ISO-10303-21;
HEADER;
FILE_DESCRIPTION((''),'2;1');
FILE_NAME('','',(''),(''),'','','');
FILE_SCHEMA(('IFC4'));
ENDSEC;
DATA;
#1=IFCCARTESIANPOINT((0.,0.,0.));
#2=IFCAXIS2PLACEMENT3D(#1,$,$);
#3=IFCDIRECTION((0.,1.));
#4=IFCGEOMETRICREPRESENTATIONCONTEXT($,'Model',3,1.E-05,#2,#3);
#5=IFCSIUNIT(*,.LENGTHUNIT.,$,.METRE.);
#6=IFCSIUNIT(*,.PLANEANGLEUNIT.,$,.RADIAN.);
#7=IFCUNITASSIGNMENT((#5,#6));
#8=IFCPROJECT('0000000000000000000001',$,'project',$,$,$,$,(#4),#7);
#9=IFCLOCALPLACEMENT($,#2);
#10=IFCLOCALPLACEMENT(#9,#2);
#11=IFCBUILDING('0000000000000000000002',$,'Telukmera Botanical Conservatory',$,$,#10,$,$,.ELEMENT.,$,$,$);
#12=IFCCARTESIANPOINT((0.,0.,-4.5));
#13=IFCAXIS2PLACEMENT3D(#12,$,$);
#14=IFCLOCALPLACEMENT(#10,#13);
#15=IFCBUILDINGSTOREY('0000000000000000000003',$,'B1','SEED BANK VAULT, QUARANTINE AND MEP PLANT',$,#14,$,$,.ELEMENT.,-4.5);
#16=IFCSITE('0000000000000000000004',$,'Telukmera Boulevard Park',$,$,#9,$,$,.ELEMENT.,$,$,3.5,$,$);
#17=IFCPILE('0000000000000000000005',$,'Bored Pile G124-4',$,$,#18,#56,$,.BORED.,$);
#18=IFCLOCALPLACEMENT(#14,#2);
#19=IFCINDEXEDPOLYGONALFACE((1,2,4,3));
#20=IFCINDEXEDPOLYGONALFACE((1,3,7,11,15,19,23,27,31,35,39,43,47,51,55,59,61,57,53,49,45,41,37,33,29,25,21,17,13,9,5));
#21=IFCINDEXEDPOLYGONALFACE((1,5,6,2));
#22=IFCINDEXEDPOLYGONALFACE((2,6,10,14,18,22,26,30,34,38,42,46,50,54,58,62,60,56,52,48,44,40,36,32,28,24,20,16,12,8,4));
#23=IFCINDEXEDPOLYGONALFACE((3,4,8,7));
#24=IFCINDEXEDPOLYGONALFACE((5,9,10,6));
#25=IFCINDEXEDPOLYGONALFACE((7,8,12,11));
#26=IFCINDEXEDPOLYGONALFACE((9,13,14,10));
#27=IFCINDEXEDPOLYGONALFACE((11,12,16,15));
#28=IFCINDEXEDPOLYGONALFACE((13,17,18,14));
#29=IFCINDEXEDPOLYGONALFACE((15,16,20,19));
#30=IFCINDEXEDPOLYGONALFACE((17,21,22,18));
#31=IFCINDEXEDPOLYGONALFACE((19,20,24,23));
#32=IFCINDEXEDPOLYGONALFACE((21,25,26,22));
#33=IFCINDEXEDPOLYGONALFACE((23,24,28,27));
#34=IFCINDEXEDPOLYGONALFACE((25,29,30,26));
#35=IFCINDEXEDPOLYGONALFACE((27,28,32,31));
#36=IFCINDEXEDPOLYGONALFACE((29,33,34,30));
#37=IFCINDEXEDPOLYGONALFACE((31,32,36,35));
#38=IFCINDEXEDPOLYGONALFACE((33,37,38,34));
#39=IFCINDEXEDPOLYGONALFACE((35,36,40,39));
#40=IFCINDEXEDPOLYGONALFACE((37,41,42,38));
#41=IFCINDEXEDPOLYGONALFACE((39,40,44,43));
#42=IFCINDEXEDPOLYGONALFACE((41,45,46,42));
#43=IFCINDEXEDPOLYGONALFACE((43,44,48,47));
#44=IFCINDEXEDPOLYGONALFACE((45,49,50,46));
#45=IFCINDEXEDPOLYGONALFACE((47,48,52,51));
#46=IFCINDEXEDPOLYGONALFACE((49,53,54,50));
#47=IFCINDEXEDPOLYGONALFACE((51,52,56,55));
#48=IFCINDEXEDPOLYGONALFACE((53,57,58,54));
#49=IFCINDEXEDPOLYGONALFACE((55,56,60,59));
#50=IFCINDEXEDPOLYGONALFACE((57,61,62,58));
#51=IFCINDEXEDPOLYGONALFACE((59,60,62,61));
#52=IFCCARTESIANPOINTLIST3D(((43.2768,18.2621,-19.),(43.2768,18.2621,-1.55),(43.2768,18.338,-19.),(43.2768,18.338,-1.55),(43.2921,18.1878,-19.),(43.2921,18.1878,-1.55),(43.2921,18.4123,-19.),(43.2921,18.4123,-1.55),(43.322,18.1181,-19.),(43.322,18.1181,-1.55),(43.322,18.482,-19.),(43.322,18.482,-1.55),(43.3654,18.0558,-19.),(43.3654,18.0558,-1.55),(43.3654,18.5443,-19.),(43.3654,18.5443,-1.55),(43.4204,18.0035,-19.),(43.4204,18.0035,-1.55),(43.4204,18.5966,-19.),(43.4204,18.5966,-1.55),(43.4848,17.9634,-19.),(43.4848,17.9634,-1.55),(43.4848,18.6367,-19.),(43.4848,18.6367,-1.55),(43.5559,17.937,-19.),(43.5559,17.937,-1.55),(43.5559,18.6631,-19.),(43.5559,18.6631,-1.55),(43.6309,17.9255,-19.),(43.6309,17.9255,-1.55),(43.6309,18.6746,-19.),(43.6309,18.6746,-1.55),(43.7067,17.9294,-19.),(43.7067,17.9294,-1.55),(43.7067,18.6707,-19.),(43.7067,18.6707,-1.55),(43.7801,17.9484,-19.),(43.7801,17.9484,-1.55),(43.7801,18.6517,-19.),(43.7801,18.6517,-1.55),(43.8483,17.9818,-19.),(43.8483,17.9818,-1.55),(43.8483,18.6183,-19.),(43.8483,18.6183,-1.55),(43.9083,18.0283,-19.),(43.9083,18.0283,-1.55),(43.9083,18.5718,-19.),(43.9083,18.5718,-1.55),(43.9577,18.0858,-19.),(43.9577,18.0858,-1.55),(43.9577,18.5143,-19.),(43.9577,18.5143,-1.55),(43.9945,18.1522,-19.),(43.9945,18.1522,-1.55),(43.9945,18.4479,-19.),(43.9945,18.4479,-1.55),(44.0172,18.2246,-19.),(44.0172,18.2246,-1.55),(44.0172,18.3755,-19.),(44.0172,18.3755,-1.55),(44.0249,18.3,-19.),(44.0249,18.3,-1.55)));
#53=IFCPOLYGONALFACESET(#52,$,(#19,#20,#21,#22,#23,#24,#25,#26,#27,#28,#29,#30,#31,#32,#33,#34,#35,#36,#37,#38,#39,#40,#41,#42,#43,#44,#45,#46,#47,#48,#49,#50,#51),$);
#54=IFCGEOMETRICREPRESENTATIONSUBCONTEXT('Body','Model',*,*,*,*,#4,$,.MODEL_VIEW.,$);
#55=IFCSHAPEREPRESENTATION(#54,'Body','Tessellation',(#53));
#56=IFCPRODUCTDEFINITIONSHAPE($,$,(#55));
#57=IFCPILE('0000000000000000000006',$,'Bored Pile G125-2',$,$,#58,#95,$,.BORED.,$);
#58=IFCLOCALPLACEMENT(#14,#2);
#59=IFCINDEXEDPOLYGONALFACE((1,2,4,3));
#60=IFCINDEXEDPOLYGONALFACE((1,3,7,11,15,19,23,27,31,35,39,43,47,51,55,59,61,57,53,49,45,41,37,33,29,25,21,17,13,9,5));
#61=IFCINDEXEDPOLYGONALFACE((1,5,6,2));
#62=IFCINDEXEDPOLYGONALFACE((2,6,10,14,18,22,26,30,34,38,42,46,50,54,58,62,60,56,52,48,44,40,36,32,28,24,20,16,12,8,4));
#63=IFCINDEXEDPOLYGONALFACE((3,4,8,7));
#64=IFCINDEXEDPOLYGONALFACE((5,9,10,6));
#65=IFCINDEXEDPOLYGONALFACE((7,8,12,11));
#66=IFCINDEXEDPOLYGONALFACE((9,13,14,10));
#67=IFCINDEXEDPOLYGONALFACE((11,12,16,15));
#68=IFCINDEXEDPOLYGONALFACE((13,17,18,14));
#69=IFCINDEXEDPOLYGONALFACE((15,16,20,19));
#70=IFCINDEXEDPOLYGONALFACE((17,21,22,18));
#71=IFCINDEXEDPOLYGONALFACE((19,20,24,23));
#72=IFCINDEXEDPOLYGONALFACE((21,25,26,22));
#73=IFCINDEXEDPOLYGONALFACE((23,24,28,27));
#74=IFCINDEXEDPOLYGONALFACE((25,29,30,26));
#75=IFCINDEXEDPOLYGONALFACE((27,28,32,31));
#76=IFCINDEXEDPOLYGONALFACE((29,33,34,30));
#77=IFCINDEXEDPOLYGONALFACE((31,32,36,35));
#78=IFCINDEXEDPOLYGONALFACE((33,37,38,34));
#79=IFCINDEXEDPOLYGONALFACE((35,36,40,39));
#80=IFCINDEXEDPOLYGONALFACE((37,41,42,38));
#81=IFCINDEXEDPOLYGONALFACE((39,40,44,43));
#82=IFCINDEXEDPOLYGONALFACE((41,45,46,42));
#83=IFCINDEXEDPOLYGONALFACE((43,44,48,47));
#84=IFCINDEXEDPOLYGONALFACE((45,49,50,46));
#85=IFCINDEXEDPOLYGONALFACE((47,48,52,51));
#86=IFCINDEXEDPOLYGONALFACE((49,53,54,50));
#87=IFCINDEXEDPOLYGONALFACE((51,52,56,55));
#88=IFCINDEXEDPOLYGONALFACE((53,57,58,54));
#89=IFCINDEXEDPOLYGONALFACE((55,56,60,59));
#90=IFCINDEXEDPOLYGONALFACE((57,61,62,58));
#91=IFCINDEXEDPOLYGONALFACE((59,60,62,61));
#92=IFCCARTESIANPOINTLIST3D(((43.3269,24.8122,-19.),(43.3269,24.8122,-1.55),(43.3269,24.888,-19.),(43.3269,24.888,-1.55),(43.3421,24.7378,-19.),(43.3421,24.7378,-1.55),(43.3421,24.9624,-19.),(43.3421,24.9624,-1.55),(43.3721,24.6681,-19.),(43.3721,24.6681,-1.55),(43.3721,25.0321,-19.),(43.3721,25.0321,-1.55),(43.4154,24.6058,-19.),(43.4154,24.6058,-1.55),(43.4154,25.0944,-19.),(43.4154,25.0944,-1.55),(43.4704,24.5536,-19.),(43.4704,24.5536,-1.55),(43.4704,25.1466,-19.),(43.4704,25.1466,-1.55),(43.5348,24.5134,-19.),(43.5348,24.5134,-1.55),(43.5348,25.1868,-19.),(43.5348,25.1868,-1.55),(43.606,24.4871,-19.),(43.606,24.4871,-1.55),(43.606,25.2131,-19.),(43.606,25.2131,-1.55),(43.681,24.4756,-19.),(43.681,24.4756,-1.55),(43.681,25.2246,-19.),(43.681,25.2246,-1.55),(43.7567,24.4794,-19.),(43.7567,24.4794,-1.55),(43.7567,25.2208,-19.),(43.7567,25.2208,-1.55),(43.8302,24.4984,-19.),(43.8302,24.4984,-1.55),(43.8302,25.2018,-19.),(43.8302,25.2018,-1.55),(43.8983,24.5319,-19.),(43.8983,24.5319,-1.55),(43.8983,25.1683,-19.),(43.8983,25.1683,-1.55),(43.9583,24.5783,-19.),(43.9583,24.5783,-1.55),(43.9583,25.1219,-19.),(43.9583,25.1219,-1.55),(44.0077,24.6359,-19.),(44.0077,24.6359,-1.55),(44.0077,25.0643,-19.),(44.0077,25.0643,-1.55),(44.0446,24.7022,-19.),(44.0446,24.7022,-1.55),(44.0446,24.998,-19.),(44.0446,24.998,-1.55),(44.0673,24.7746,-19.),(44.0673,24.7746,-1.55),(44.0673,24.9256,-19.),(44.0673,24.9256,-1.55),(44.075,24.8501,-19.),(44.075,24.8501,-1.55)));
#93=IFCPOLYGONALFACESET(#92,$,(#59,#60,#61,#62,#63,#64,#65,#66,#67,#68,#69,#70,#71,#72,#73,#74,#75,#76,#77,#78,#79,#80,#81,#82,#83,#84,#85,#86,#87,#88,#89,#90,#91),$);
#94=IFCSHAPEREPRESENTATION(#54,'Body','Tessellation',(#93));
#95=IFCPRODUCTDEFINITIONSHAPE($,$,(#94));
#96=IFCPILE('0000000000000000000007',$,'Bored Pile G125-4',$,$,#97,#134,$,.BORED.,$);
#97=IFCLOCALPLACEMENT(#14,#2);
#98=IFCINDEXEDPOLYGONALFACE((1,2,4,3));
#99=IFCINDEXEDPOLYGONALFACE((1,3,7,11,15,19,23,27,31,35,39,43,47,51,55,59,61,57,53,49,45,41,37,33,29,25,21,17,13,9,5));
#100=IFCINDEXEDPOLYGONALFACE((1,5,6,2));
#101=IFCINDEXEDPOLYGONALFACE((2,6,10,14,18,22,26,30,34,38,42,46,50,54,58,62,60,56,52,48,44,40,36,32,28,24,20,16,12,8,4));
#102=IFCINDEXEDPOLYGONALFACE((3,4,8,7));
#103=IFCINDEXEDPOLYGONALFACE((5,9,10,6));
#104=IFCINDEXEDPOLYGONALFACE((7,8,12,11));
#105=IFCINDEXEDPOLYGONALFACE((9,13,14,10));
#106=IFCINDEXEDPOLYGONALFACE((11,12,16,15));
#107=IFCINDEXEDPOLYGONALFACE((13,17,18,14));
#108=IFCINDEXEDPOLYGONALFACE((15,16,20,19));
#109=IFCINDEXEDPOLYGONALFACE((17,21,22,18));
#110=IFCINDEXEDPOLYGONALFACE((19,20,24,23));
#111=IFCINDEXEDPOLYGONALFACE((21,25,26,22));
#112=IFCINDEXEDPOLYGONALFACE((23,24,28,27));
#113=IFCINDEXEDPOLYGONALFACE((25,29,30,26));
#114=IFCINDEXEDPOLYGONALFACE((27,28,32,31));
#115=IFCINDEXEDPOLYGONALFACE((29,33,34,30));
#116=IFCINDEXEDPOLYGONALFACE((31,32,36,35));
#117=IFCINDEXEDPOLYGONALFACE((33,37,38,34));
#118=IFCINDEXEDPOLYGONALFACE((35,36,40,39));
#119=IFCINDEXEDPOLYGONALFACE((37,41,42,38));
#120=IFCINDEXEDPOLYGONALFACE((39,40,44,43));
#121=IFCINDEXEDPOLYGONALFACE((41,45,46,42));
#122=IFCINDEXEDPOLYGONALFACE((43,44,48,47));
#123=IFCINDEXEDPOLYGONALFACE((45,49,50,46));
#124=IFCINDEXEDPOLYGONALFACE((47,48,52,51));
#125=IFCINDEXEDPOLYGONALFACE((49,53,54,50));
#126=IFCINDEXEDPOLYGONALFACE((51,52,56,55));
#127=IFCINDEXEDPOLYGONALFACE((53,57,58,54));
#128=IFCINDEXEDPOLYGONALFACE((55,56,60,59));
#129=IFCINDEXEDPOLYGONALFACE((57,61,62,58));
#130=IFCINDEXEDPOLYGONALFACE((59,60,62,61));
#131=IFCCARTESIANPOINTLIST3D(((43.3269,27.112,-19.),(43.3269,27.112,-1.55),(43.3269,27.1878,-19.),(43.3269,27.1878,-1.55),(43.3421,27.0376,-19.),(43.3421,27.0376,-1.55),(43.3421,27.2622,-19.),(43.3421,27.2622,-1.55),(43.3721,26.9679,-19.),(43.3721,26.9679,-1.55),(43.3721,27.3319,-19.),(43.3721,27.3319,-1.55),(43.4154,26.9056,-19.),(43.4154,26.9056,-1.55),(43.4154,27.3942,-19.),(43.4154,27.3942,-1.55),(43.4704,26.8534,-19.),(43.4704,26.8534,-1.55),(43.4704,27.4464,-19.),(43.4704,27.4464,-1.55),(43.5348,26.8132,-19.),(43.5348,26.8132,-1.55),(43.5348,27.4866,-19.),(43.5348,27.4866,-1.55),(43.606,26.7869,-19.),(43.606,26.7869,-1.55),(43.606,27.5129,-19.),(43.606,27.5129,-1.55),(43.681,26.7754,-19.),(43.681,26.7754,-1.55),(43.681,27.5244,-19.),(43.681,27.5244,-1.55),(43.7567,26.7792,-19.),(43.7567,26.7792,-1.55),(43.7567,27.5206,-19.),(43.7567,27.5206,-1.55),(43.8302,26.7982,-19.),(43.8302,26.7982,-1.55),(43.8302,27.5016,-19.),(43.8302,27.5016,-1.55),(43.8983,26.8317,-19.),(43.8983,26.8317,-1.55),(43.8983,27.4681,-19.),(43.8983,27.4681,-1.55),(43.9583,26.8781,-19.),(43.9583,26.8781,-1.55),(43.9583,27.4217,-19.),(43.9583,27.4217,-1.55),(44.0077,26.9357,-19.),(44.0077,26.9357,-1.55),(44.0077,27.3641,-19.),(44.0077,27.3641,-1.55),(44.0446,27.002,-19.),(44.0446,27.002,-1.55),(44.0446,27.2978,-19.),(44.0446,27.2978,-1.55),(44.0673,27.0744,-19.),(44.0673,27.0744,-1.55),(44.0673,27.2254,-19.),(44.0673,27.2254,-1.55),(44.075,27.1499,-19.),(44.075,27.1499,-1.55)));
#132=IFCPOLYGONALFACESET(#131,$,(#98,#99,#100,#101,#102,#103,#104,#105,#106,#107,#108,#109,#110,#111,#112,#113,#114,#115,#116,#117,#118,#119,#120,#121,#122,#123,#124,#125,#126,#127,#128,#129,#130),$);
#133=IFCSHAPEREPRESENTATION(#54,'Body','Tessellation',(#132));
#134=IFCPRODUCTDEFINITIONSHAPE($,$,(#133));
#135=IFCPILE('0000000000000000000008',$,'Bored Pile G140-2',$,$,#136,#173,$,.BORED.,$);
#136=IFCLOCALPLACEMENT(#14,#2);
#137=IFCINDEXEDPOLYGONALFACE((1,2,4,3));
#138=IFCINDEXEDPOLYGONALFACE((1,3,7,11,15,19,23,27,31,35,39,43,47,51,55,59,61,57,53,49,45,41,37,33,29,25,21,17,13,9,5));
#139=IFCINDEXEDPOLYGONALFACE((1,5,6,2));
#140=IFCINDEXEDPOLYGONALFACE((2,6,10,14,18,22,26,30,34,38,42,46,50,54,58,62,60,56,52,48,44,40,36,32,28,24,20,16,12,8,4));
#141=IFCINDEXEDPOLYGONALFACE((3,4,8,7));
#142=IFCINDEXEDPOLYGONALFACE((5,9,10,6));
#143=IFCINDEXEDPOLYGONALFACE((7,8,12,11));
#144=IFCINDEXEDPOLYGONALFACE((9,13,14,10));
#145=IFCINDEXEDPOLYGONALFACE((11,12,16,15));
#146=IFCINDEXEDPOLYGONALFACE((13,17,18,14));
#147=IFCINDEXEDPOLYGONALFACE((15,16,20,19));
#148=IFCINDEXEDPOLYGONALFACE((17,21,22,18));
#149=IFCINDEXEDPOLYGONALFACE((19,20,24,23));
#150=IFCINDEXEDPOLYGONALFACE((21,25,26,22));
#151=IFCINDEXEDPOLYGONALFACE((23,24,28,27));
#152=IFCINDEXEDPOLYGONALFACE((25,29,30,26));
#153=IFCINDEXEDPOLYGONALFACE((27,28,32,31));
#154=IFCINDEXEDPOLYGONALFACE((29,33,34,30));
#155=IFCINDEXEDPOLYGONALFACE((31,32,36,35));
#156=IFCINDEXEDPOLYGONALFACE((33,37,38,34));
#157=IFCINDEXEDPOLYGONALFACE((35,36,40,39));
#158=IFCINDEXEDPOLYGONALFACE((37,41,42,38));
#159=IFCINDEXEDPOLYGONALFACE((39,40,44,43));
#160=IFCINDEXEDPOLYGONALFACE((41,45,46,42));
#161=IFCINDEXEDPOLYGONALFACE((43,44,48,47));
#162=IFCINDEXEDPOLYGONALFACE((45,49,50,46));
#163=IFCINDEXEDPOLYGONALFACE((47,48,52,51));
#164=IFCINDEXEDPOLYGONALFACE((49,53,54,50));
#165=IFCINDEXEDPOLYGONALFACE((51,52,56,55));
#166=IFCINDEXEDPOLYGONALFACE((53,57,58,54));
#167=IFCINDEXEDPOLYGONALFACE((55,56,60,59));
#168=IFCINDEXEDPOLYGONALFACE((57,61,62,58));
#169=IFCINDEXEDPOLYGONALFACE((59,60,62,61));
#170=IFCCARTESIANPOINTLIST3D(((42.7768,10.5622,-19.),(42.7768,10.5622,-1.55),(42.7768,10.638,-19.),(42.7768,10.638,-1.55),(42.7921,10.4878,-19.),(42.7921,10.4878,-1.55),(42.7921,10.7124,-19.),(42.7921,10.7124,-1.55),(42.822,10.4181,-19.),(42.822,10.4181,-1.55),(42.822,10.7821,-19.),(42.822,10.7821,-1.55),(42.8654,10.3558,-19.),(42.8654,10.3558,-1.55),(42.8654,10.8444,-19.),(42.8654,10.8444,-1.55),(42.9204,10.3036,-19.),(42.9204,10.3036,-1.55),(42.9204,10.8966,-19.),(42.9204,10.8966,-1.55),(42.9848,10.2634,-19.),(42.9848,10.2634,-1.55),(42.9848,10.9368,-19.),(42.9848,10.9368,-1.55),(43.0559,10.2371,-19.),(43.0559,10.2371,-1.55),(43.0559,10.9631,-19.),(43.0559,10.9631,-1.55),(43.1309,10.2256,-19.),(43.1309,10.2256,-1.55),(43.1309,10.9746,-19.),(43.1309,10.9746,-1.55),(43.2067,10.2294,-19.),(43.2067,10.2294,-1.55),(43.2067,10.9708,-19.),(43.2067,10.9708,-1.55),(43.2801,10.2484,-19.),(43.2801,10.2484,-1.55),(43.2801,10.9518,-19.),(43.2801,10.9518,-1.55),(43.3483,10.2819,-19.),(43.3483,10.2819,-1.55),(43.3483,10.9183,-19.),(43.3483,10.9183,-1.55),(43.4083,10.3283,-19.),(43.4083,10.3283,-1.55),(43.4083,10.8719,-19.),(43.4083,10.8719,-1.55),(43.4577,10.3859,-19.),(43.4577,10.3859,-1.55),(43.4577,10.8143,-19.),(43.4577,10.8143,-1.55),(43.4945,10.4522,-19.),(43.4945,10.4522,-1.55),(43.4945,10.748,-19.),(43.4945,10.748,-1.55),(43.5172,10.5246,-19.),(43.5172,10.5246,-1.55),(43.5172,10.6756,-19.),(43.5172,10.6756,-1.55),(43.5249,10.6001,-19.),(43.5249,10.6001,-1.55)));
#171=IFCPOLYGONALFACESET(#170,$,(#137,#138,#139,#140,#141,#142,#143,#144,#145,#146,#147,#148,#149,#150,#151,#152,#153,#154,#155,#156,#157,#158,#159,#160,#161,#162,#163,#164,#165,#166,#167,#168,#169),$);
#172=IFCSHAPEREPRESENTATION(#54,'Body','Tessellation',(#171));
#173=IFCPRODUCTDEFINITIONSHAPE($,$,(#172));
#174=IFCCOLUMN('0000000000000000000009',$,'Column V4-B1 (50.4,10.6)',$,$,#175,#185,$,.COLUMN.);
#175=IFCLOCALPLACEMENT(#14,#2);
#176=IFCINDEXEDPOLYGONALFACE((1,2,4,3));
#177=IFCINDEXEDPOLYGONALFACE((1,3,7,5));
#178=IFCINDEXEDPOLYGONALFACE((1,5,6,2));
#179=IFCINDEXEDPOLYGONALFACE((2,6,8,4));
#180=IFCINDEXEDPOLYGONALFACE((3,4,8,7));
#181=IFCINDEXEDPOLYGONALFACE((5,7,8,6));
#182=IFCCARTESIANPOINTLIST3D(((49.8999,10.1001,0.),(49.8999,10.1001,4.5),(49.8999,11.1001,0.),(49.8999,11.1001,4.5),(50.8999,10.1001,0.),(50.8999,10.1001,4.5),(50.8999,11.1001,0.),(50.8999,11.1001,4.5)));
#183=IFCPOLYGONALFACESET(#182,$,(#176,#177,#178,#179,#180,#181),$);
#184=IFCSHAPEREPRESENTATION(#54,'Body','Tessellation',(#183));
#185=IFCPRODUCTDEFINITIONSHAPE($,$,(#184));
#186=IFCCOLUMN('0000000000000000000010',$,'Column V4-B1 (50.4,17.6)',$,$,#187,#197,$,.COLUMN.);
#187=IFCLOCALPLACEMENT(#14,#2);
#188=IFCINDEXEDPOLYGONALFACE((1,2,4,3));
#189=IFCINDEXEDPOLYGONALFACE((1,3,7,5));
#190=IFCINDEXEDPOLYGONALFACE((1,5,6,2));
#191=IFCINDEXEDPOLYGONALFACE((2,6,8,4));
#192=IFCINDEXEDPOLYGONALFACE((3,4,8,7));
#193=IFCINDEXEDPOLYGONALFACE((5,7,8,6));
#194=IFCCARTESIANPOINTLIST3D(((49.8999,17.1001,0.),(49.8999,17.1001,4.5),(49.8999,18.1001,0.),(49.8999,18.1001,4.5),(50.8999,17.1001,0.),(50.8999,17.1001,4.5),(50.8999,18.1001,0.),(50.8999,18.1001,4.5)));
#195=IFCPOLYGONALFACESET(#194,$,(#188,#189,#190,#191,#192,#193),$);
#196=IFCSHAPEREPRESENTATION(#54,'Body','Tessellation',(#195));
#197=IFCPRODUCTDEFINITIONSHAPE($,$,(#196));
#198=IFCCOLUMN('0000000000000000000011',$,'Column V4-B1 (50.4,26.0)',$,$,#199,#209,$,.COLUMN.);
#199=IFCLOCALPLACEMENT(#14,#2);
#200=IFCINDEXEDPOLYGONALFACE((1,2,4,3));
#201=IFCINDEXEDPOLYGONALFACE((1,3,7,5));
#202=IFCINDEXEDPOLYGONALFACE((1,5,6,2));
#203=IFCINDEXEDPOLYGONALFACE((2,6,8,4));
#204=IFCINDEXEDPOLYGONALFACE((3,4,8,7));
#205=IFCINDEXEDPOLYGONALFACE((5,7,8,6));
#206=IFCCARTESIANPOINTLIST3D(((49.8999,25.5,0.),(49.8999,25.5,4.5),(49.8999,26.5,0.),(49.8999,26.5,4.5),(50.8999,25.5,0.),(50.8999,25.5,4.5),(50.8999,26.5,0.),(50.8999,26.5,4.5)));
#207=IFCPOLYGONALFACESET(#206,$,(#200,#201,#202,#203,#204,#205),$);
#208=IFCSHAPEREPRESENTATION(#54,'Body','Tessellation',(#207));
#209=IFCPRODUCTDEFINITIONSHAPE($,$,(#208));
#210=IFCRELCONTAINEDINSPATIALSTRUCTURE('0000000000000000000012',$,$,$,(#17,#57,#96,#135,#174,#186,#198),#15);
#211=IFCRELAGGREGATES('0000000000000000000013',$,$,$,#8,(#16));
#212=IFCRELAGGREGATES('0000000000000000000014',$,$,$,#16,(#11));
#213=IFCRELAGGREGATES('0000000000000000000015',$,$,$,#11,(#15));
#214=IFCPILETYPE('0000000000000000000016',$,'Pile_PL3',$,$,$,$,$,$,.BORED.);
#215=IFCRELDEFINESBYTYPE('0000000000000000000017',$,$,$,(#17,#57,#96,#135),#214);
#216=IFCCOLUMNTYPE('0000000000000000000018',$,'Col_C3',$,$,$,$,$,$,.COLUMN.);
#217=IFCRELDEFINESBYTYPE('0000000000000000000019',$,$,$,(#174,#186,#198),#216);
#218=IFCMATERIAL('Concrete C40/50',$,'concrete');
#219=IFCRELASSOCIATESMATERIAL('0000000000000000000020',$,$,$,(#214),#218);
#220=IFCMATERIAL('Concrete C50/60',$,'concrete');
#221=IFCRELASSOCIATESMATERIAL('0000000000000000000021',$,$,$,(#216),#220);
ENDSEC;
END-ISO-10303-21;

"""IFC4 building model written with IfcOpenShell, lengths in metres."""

from ifc_helpers import new_model, si_unit, direction, frame, origin, origin_2d, place, context, subcontext, project, spatial, rectangle, circle, extrude, material, material_profile, profile_set, type_object, element, save


model = new_model("IFC4")

# Units and contexts
model_context = context("Model", 3, precision=1e-05, world=origin(), true_north=direction((0.0, 1.0)))
body_context = subcontext(model_context, "Body", "Model", "MODEL_VIEW")
ifc_project = project(units=[si_unit("LENGTHUNIT", "METRE"), si_unit("PLANEANGLEUNIT", "RADIAN")], contexts=[model_context])

# Site, building, storey
site_placement = place(None, origin())
site = spatial("IfcSite", under=ifc_project, at=site_placement, Name="Telukmera Boulevard Park", CompositionType="ELEMENT", RefElevation=3.5)
building_placement = place(site_placement, origin())
building = spatial("IfcBuilding", under=site, at=building_placement, Name="Telukmera Botanical Conservatory", CompositionType="ELEMENT")
storey_placement = place(building_placement, frame((0.0, 0.0, -4.5)))
storey = spatial("IfcBuildingStorey", under=building, at=storey_placement, Name="B1", Description="SEED BANK VAULT, QUARANTINE AND MEP PLANT", CompositionType="ELEMENT", Elevation=-4.5)

# Shared definitions
ifc_material_1 = material(Name="Concrete C50/60", Category="concrete")
ifc_material_2 = material(Name="Concrete C40/50", Category="concrete")

# Piles
ifc_material_profile_1 = material_profile(ifc_material_2, circle(Radius=0.375, at=origin_2d()), Name="PILE D750")
ifc_profile_set_1 = profile_set([ifc_material_profile_1], Name="Concrete C40/50")
pile_type_1 = type_object("IfcPileType", Name="Pile_PL3", PredefinedType="BORED", material=ifc_profile_set_1)
for number, where, z_axis, x_axis, name in (
    (1, (43.6499, 18.3, -1.55), (0.0, 0.0, -1.0), (1.0, 0.0, 0.0), "Bored Pile G124-4"),
    (2, (43.7, 24.8501, -1.55), (0.0, 0.0, -1.0), (1.0, 0.0, 0.0), "Bored Pile G125-2"),
    (3, (43.7, 27.1499, -1.55), (0.0, 0.0, -1.0), (1.0, 0.0, 0.0), "Bored Pile G125-4"),
    (4, (43.1499, 10.6001, -1.55), (0.0, 0.0, -1.0), (1.0, 0.0, 0.0), "Bored Pile G140-2"),
):
    element("IfcPile", number, at=place(storey_placement, frame(where, z_axis=z_axis, x_axis=x_axis)), inside=storey, type_object=pile_type_1, Name=name, PredefinedType="BORED", context=body_context, shape_type="SweptSolid", body=[
        extrude(circle(Radius=0.375, at=origin_2d()), origin(), (0.0, 0.0, 1.0), 17.45),
    ])

# Columns
ifc_material_profile_2 = material_profile(ifc_material_1, rectangle(XDim=1.0, YDim=1.0, at=origin_2d()), Name="RC 1000x1000")
ifc_profile_set_2 = profile_set([ifc_material_profile_2], Name="Concrete C50/60")
column_type_1 = type_object("IfcColumnType", Name="Col_C3", PredefinedType="COLUMN", material=ifc_profile_set_2)
for number, where, z_axis, x_axis, name in (
    (5, (50.3999, 10.6001, 0.0), (0.0, 0.0, 1.0), (1.0, 0.0, 0.0), "Column V4-B1 (50.4,10.6)"),
    (6, (50.3999, 17.6001, 0.0), (0.0, 0.0, 1.0), (1.0, 0.0, 0.0), "Column V4-B1 (50.4,17.6)"),
    (7, (50.3999, 26.0, 0.0), (0.0, 0.0, 1.0), (1.0, 0.0, 0.0), "Column V4-B1 (50.4,26.0)"),
):
    element("IfcColumn", number, at=place(storey_placement, frame(where, z_axis=z_axis, x_axis=x_axis)), inside=storey, type_object=column_type_1, Name=name, PredefinedType="COLUMN", context=body_context, shape_type="SweptSolid", body=[
        extrude(rectangle(XDim=1.0, YDim=1.0, at=origin_2d()), origin(), (0.0, 0.0, 1.0), 4.5),
    ])

save(model, "model.ifc")
